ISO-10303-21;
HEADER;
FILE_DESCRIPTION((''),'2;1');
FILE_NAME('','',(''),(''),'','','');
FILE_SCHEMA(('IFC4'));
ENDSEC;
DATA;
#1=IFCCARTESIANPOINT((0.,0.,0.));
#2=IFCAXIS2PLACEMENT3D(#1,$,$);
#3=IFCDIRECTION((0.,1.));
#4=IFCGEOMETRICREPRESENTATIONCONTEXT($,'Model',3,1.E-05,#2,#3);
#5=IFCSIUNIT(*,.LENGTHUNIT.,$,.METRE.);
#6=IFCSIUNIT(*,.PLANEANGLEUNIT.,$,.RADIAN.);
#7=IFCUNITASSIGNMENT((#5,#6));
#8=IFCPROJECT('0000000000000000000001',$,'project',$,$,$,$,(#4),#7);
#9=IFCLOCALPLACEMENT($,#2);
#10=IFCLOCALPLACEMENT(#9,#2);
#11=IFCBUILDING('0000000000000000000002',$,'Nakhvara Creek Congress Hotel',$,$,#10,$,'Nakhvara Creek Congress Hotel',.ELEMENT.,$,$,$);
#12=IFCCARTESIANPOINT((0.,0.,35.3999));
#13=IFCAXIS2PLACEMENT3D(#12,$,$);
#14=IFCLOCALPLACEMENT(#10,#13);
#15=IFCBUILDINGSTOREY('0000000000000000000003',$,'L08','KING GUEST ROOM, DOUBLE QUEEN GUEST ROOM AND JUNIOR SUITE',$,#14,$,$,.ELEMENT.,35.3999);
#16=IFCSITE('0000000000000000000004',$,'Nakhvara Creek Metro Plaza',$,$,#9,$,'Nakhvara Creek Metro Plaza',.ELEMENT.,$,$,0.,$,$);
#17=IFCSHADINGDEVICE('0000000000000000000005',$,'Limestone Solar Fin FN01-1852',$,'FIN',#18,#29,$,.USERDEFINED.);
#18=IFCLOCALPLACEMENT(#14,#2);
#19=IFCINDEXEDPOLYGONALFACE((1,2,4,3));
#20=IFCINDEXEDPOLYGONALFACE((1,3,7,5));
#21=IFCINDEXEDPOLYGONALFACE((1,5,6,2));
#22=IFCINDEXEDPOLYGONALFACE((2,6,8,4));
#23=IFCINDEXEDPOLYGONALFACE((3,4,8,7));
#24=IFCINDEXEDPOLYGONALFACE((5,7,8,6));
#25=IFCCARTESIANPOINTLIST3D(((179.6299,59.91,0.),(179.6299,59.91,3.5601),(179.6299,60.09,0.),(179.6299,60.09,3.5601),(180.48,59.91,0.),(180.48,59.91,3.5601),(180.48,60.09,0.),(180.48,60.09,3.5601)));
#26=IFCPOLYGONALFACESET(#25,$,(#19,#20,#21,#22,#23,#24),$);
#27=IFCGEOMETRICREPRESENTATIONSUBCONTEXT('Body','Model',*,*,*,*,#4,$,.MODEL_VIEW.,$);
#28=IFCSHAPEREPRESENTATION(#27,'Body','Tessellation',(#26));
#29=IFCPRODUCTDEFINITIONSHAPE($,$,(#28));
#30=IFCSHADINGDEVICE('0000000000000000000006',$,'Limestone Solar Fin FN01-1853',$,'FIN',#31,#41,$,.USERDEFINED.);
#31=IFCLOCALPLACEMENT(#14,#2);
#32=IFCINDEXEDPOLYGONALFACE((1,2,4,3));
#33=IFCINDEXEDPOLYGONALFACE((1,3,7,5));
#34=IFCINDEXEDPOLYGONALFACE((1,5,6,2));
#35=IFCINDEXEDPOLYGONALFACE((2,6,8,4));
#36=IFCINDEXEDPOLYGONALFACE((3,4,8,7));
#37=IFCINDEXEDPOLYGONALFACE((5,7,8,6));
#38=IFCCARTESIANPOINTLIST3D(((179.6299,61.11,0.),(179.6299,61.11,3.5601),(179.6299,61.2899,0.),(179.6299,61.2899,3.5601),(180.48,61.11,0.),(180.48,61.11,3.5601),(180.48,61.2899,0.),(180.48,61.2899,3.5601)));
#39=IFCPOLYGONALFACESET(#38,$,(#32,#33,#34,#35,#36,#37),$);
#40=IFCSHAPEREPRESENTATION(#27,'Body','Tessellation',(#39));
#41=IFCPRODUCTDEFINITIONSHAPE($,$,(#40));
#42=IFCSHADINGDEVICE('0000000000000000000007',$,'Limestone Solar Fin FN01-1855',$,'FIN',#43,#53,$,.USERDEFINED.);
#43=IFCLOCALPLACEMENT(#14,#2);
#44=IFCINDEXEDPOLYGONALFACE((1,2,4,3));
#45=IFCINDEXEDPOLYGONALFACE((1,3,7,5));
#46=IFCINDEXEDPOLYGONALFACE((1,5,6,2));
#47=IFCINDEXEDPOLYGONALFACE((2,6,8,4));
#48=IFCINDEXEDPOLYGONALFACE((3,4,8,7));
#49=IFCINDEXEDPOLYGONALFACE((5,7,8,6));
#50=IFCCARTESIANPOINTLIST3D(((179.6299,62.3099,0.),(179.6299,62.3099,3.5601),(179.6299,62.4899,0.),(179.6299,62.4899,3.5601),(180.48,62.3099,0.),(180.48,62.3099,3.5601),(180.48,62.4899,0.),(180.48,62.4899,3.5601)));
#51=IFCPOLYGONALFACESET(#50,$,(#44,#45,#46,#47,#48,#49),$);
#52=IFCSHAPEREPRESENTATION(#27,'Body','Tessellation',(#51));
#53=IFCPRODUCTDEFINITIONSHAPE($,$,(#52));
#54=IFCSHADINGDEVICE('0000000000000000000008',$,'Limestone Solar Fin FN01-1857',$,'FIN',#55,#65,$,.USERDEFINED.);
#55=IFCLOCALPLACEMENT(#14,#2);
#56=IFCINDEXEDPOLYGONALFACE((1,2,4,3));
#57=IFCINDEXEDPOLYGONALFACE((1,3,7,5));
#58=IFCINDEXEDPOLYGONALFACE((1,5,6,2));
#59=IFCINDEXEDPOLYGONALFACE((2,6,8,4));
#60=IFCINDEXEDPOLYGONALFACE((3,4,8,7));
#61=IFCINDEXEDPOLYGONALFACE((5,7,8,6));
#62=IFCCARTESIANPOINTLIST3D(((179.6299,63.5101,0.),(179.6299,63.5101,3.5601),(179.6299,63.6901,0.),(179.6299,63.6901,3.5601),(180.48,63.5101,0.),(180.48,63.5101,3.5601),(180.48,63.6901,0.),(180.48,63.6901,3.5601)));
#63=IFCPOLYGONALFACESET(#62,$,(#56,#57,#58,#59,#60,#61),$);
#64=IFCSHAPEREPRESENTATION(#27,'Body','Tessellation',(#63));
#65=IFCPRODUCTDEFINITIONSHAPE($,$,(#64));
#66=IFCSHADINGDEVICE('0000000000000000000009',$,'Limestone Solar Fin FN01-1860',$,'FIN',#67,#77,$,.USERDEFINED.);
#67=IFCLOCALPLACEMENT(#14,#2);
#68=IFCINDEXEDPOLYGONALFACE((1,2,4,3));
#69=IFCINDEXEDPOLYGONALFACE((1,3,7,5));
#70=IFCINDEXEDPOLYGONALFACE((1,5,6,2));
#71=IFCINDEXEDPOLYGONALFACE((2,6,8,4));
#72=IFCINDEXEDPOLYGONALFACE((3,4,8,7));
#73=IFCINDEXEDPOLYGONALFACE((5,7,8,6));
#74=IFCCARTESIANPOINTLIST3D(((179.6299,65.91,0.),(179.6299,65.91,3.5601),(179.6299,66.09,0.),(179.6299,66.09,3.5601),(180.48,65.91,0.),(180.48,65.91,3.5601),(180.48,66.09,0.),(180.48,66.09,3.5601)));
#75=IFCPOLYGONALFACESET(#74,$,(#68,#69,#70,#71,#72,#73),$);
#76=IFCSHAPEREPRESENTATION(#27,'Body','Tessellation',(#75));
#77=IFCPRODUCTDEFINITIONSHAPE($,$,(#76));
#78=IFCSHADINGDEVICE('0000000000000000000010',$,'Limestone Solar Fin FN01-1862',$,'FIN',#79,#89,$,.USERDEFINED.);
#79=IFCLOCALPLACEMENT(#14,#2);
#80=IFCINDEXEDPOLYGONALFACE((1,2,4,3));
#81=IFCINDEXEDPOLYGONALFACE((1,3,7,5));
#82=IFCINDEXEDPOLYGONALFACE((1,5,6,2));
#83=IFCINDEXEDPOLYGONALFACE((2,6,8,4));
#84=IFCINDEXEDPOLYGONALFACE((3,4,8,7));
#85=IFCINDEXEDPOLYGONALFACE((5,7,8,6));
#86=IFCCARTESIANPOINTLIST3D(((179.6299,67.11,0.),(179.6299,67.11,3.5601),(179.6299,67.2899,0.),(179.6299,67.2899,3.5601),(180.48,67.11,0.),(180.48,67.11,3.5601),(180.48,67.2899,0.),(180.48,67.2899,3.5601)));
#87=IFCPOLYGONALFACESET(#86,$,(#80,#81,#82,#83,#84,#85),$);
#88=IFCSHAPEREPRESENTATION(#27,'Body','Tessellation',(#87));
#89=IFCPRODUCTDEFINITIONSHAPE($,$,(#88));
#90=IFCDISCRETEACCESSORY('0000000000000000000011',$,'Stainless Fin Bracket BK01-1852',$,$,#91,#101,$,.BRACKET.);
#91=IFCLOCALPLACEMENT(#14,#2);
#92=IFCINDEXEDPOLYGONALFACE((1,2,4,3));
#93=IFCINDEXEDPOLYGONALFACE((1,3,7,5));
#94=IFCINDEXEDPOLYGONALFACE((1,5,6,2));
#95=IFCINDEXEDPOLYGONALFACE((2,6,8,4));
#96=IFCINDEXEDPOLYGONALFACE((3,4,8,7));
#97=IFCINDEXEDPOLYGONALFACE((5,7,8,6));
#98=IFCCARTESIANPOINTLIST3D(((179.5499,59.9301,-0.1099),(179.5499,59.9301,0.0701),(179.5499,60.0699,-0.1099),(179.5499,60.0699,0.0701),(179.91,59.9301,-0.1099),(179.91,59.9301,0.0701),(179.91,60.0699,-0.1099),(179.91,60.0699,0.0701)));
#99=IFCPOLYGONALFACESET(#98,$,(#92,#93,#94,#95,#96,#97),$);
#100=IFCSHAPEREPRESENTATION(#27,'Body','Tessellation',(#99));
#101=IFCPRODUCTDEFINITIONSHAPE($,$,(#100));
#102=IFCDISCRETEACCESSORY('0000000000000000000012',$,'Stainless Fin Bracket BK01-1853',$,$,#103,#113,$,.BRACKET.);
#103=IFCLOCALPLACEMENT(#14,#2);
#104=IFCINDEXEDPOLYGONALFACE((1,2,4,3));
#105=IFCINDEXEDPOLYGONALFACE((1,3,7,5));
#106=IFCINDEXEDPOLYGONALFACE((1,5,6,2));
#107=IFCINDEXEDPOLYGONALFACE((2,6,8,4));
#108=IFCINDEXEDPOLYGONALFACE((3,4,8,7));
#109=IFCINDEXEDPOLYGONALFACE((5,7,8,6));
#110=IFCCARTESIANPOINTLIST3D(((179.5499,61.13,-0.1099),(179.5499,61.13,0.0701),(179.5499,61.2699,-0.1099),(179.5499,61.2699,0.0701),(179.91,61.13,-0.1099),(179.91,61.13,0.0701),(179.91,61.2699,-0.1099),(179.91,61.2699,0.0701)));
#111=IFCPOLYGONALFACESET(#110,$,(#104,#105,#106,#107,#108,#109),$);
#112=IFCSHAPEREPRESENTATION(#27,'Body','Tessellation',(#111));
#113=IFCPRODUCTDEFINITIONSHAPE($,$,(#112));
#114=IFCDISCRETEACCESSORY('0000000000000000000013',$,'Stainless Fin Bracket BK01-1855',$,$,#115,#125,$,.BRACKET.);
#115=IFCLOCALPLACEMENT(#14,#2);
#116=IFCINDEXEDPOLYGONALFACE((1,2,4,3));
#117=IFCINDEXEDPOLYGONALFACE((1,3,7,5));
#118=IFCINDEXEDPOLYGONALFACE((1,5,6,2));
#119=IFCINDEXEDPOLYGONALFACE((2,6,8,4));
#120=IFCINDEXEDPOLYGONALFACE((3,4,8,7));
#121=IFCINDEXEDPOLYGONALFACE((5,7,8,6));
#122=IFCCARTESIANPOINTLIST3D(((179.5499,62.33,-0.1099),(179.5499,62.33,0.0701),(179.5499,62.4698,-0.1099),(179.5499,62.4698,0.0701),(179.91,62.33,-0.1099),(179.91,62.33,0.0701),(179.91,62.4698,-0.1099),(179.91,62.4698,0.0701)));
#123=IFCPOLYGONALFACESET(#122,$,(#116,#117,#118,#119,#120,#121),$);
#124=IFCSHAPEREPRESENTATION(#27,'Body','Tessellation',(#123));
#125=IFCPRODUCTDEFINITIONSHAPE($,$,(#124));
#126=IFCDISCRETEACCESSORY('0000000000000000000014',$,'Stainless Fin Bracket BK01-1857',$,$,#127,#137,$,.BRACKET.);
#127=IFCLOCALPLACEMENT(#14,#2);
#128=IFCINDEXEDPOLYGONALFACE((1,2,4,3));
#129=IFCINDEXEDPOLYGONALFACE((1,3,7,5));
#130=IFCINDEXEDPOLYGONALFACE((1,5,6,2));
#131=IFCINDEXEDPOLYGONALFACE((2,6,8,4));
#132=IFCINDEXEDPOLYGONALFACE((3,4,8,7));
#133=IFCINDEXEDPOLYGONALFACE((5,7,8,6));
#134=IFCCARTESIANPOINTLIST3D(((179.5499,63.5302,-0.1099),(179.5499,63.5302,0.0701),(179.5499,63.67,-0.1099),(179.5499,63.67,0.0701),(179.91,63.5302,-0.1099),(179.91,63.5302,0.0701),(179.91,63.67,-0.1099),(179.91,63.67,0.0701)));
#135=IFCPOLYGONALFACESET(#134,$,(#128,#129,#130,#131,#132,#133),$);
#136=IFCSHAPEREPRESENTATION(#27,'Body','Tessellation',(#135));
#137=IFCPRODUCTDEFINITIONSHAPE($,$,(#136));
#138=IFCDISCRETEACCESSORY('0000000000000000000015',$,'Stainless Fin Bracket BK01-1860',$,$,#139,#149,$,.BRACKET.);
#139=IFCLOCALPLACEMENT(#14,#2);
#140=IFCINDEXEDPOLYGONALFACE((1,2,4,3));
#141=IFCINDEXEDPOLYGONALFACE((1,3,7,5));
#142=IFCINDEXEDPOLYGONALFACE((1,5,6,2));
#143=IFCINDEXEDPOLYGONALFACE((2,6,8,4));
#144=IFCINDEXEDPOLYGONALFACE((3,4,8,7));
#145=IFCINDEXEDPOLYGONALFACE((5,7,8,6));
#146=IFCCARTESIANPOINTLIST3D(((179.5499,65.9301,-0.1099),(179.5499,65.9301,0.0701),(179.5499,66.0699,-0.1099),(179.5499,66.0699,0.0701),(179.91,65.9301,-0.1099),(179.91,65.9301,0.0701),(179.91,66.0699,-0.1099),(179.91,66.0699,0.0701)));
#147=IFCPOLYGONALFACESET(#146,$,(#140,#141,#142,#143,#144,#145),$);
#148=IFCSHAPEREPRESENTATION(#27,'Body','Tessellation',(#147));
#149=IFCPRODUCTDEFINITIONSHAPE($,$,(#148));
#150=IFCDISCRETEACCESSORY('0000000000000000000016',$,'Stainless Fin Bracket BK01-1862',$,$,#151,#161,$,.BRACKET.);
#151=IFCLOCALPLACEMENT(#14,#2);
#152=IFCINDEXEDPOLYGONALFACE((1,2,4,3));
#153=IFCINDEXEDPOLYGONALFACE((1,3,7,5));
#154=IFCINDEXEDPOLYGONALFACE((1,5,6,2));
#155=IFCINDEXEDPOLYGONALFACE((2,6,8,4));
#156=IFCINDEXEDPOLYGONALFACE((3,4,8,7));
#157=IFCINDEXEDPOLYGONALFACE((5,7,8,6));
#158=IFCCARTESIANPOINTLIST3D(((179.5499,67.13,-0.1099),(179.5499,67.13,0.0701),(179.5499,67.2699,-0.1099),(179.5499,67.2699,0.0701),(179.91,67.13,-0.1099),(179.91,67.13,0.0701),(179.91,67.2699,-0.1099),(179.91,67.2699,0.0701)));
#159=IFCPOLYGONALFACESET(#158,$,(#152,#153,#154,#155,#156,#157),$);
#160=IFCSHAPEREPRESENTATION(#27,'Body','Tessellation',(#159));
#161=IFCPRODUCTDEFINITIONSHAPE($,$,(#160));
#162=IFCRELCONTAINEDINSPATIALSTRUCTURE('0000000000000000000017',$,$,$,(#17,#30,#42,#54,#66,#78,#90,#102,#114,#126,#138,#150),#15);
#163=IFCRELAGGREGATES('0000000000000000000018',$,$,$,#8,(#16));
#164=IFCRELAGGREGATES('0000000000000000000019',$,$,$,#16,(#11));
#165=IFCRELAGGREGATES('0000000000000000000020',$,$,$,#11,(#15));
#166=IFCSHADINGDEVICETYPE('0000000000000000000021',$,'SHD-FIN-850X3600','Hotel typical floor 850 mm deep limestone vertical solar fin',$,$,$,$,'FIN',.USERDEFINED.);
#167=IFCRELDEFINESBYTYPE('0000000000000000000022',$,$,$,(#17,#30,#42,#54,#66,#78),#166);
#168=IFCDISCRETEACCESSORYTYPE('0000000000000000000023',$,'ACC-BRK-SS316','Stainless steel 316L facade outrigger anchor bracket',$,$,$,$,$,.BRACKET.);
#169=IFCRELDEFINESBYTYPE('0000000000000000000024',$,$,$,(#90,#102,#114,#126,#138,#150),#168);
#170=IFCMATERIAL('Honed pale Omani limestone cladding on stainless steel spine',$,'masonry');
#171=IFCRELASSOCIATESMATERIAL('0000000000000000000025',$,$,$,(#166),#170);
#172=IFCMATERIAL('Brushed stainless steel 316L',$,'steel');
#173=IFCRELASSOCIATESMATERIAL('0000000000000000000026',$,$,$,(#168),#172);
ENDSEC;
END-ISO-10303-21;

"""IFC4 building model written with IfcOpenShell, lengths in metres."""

from ifc_helpers import new_model, si_unit, direction, frame, origin, origin_2d, place, context, subcontext, project, spatial, rectangle, extrude, material, type_object, element, save


model = new_model("IFC4")

# Units and contexts
model_context = context("Model", 3, precision=1e-05, world=origin(), true_north=direction((0.0, 1.0)))
body_context = subcontext(model_context, "Body", "Model", "MODEL_VIEW")
ifc_project = project(units=[si_unit("LENGTHUNIT", "METRE"), si_unit("PLANEANGLEUNIT", "RADIAN")], contexts=[model_context])

# Site, building, storey
site_placement = place(None, origin())
site = spatial("IfcSite", under=ifc_project, at=site_placement, Name="Nakhvara Creek Metro Plaza", LongName="Nakhvara Creek Metro Plaza", CompositionType="ELEMENT", RefElevation=0.0)
building_placement = place(site_placement, origin())
building = spatial("IfcBuilding", under=site, at=building_placement, Name="Nakhvara Creek Congress Hotel", LongName="Nakhvara Creek Congress Hotel", CompositionType="ELEMENT")
storey_placement = place(building_placement, frame((0.0, 0.0, 35.3999)))
storey = spatial("IfcBuildingStorey", under=building, at=storey_placement, Name="L08", Description="KING GUEST ROOM, DOUBLE QUEEN GUEST ROOM AND JUNIOR SUITE", CompositionType="ELEMENT", Elevation=35.3999)

# Shading devices
ifc_material_1 = material(Name="Honed pale Omani limestone cladding on stainless steel spine", Category="masonry")
shading_device_type = type_object("IfcShadingDeviceType", Name="SHD-FIN-850X3600", Description="Hotel typical floor 850 mm deep limestone vertical solar fin", ElementType="FIN", PredefinedType="USERDEFINED", material=ifc_material_1)
for number, where, z_axis, x_axis, name in (
    (1, (180.0549, 60.0, 0.0), (0.0, 0.0, 1.0), (0.0, 1.0, 0.0), "Limestone Solar Fin FN01-1852"),
    (2, (180.0549, 61.2, 0.0), (0.0, 0.0, 1.0), (0.0, 1.0, 0.0), "Limestone Solar Fin FN01-1853"),
    (3, (180.0549, 62.3999, 0.0), (0.0, 0.0, 1.0), (0.0, 1.0, 0.0), "Limestone Solar Fin FN01-1855"),
    (4, (180.0549, 63.6001, 0.0), (0.0, 0.0, 1.0), (0.0, 1.0, 0.0), "Limestone Solar Fin FN01-1857"),
    (5, (180.0549, 66.0, 0.0), (0.0, 0.0, 1.0), (0.0, 1.0, 0.0), "Limestone Solar Fin FN01-1860"),
    (6, (180.0549, 67.2, 0.0), (0.0, 0.0, 1.0), (0.0, 1.0, 0.0), "Limestone Solar Fin FN01-1862"),
):
    element("IfcShadingDevice", number, at=place(storey_placement, frame(where, z_axis=z_axis, x_axis=x_axis)), inside=storey, type_object=shading_device_type, Name=name, ObjectType="FIN", PredefinedType="USERDEFINED", context=body_context, shape_type="SweptSolid", body=[
        extrude(rectangle(XDim=0.1799, YDim=0.8501, at=origin_2d()), origin(), (0.0, 0.0, 1.0), 3.5601),
    ])

# Discrete accessories
ifc_material_2 = material(Name="Brushed stainless steel 316L", Category="steel")
discrete_accessory_type = type_object("IfcDiscreteAccessoryType", Name="ACC-BRK-SS316", Description="Stainless steel 316L facade outrigger anchor bracket", PredefinedType="BRACKET", material=ifc_material_2)
for number, where, z_axis, x_axis, name in (
    (7, (179.73, 60.0, -0.1099), (0.0, 0.0, 1.0), (0.0, 1.0, 0.0), "Stainless Fin Bracket BK01-1852"),
    (8, (179.73, 61.2, -0.1099), (0.0, 0.0, 1.0), (0.0, 1.0, 0.0), "Stainless Fin Bracket BK01-1853"),
    (9, (179.73, 62.3999, -0.1099), (0.0, 0.0, 1.0), (0.0, 1.0, 0.0), "Stainless Fin Bracket BK01-1855"),
    (10, (179.73, 63.6001, -0.1099), (0.0, 0.0, 1.0), (0.0, 1.0, 0.0), "Stainless Fin Bracket BK01-1857"),
    (11, (179.73, 66.0, -0.1099), (0.0, 0.0, 1.0), (0.0, 1.0, 0.0), "Stainless Fin Bracket BK01-1860"),
    (12, (179.73, 67.2, -0.1099), (0.0, 0.0, 1.0), (0.0, 1.0, 0.0), "Stainless Fin Bracket BK01-1862"),
):
    element("IfcDiscreteAccessory", number, at=place(storey_placement, frame(where, z_axis=z_axis, x_axis=x_axis)), inside=storey, type_object=discrete_accessory_type, Name=name, PredefinedType="BRACKET", context=body_context, shape_type="SweptSolid", body=[
        extrude(rectangle(XDim=0.1399, YDim=0.3601, at=origin_2d()), origin(), (0.0, 0.0, 1.0), 0.1799),
    ])

save(model, "model.ifc")
